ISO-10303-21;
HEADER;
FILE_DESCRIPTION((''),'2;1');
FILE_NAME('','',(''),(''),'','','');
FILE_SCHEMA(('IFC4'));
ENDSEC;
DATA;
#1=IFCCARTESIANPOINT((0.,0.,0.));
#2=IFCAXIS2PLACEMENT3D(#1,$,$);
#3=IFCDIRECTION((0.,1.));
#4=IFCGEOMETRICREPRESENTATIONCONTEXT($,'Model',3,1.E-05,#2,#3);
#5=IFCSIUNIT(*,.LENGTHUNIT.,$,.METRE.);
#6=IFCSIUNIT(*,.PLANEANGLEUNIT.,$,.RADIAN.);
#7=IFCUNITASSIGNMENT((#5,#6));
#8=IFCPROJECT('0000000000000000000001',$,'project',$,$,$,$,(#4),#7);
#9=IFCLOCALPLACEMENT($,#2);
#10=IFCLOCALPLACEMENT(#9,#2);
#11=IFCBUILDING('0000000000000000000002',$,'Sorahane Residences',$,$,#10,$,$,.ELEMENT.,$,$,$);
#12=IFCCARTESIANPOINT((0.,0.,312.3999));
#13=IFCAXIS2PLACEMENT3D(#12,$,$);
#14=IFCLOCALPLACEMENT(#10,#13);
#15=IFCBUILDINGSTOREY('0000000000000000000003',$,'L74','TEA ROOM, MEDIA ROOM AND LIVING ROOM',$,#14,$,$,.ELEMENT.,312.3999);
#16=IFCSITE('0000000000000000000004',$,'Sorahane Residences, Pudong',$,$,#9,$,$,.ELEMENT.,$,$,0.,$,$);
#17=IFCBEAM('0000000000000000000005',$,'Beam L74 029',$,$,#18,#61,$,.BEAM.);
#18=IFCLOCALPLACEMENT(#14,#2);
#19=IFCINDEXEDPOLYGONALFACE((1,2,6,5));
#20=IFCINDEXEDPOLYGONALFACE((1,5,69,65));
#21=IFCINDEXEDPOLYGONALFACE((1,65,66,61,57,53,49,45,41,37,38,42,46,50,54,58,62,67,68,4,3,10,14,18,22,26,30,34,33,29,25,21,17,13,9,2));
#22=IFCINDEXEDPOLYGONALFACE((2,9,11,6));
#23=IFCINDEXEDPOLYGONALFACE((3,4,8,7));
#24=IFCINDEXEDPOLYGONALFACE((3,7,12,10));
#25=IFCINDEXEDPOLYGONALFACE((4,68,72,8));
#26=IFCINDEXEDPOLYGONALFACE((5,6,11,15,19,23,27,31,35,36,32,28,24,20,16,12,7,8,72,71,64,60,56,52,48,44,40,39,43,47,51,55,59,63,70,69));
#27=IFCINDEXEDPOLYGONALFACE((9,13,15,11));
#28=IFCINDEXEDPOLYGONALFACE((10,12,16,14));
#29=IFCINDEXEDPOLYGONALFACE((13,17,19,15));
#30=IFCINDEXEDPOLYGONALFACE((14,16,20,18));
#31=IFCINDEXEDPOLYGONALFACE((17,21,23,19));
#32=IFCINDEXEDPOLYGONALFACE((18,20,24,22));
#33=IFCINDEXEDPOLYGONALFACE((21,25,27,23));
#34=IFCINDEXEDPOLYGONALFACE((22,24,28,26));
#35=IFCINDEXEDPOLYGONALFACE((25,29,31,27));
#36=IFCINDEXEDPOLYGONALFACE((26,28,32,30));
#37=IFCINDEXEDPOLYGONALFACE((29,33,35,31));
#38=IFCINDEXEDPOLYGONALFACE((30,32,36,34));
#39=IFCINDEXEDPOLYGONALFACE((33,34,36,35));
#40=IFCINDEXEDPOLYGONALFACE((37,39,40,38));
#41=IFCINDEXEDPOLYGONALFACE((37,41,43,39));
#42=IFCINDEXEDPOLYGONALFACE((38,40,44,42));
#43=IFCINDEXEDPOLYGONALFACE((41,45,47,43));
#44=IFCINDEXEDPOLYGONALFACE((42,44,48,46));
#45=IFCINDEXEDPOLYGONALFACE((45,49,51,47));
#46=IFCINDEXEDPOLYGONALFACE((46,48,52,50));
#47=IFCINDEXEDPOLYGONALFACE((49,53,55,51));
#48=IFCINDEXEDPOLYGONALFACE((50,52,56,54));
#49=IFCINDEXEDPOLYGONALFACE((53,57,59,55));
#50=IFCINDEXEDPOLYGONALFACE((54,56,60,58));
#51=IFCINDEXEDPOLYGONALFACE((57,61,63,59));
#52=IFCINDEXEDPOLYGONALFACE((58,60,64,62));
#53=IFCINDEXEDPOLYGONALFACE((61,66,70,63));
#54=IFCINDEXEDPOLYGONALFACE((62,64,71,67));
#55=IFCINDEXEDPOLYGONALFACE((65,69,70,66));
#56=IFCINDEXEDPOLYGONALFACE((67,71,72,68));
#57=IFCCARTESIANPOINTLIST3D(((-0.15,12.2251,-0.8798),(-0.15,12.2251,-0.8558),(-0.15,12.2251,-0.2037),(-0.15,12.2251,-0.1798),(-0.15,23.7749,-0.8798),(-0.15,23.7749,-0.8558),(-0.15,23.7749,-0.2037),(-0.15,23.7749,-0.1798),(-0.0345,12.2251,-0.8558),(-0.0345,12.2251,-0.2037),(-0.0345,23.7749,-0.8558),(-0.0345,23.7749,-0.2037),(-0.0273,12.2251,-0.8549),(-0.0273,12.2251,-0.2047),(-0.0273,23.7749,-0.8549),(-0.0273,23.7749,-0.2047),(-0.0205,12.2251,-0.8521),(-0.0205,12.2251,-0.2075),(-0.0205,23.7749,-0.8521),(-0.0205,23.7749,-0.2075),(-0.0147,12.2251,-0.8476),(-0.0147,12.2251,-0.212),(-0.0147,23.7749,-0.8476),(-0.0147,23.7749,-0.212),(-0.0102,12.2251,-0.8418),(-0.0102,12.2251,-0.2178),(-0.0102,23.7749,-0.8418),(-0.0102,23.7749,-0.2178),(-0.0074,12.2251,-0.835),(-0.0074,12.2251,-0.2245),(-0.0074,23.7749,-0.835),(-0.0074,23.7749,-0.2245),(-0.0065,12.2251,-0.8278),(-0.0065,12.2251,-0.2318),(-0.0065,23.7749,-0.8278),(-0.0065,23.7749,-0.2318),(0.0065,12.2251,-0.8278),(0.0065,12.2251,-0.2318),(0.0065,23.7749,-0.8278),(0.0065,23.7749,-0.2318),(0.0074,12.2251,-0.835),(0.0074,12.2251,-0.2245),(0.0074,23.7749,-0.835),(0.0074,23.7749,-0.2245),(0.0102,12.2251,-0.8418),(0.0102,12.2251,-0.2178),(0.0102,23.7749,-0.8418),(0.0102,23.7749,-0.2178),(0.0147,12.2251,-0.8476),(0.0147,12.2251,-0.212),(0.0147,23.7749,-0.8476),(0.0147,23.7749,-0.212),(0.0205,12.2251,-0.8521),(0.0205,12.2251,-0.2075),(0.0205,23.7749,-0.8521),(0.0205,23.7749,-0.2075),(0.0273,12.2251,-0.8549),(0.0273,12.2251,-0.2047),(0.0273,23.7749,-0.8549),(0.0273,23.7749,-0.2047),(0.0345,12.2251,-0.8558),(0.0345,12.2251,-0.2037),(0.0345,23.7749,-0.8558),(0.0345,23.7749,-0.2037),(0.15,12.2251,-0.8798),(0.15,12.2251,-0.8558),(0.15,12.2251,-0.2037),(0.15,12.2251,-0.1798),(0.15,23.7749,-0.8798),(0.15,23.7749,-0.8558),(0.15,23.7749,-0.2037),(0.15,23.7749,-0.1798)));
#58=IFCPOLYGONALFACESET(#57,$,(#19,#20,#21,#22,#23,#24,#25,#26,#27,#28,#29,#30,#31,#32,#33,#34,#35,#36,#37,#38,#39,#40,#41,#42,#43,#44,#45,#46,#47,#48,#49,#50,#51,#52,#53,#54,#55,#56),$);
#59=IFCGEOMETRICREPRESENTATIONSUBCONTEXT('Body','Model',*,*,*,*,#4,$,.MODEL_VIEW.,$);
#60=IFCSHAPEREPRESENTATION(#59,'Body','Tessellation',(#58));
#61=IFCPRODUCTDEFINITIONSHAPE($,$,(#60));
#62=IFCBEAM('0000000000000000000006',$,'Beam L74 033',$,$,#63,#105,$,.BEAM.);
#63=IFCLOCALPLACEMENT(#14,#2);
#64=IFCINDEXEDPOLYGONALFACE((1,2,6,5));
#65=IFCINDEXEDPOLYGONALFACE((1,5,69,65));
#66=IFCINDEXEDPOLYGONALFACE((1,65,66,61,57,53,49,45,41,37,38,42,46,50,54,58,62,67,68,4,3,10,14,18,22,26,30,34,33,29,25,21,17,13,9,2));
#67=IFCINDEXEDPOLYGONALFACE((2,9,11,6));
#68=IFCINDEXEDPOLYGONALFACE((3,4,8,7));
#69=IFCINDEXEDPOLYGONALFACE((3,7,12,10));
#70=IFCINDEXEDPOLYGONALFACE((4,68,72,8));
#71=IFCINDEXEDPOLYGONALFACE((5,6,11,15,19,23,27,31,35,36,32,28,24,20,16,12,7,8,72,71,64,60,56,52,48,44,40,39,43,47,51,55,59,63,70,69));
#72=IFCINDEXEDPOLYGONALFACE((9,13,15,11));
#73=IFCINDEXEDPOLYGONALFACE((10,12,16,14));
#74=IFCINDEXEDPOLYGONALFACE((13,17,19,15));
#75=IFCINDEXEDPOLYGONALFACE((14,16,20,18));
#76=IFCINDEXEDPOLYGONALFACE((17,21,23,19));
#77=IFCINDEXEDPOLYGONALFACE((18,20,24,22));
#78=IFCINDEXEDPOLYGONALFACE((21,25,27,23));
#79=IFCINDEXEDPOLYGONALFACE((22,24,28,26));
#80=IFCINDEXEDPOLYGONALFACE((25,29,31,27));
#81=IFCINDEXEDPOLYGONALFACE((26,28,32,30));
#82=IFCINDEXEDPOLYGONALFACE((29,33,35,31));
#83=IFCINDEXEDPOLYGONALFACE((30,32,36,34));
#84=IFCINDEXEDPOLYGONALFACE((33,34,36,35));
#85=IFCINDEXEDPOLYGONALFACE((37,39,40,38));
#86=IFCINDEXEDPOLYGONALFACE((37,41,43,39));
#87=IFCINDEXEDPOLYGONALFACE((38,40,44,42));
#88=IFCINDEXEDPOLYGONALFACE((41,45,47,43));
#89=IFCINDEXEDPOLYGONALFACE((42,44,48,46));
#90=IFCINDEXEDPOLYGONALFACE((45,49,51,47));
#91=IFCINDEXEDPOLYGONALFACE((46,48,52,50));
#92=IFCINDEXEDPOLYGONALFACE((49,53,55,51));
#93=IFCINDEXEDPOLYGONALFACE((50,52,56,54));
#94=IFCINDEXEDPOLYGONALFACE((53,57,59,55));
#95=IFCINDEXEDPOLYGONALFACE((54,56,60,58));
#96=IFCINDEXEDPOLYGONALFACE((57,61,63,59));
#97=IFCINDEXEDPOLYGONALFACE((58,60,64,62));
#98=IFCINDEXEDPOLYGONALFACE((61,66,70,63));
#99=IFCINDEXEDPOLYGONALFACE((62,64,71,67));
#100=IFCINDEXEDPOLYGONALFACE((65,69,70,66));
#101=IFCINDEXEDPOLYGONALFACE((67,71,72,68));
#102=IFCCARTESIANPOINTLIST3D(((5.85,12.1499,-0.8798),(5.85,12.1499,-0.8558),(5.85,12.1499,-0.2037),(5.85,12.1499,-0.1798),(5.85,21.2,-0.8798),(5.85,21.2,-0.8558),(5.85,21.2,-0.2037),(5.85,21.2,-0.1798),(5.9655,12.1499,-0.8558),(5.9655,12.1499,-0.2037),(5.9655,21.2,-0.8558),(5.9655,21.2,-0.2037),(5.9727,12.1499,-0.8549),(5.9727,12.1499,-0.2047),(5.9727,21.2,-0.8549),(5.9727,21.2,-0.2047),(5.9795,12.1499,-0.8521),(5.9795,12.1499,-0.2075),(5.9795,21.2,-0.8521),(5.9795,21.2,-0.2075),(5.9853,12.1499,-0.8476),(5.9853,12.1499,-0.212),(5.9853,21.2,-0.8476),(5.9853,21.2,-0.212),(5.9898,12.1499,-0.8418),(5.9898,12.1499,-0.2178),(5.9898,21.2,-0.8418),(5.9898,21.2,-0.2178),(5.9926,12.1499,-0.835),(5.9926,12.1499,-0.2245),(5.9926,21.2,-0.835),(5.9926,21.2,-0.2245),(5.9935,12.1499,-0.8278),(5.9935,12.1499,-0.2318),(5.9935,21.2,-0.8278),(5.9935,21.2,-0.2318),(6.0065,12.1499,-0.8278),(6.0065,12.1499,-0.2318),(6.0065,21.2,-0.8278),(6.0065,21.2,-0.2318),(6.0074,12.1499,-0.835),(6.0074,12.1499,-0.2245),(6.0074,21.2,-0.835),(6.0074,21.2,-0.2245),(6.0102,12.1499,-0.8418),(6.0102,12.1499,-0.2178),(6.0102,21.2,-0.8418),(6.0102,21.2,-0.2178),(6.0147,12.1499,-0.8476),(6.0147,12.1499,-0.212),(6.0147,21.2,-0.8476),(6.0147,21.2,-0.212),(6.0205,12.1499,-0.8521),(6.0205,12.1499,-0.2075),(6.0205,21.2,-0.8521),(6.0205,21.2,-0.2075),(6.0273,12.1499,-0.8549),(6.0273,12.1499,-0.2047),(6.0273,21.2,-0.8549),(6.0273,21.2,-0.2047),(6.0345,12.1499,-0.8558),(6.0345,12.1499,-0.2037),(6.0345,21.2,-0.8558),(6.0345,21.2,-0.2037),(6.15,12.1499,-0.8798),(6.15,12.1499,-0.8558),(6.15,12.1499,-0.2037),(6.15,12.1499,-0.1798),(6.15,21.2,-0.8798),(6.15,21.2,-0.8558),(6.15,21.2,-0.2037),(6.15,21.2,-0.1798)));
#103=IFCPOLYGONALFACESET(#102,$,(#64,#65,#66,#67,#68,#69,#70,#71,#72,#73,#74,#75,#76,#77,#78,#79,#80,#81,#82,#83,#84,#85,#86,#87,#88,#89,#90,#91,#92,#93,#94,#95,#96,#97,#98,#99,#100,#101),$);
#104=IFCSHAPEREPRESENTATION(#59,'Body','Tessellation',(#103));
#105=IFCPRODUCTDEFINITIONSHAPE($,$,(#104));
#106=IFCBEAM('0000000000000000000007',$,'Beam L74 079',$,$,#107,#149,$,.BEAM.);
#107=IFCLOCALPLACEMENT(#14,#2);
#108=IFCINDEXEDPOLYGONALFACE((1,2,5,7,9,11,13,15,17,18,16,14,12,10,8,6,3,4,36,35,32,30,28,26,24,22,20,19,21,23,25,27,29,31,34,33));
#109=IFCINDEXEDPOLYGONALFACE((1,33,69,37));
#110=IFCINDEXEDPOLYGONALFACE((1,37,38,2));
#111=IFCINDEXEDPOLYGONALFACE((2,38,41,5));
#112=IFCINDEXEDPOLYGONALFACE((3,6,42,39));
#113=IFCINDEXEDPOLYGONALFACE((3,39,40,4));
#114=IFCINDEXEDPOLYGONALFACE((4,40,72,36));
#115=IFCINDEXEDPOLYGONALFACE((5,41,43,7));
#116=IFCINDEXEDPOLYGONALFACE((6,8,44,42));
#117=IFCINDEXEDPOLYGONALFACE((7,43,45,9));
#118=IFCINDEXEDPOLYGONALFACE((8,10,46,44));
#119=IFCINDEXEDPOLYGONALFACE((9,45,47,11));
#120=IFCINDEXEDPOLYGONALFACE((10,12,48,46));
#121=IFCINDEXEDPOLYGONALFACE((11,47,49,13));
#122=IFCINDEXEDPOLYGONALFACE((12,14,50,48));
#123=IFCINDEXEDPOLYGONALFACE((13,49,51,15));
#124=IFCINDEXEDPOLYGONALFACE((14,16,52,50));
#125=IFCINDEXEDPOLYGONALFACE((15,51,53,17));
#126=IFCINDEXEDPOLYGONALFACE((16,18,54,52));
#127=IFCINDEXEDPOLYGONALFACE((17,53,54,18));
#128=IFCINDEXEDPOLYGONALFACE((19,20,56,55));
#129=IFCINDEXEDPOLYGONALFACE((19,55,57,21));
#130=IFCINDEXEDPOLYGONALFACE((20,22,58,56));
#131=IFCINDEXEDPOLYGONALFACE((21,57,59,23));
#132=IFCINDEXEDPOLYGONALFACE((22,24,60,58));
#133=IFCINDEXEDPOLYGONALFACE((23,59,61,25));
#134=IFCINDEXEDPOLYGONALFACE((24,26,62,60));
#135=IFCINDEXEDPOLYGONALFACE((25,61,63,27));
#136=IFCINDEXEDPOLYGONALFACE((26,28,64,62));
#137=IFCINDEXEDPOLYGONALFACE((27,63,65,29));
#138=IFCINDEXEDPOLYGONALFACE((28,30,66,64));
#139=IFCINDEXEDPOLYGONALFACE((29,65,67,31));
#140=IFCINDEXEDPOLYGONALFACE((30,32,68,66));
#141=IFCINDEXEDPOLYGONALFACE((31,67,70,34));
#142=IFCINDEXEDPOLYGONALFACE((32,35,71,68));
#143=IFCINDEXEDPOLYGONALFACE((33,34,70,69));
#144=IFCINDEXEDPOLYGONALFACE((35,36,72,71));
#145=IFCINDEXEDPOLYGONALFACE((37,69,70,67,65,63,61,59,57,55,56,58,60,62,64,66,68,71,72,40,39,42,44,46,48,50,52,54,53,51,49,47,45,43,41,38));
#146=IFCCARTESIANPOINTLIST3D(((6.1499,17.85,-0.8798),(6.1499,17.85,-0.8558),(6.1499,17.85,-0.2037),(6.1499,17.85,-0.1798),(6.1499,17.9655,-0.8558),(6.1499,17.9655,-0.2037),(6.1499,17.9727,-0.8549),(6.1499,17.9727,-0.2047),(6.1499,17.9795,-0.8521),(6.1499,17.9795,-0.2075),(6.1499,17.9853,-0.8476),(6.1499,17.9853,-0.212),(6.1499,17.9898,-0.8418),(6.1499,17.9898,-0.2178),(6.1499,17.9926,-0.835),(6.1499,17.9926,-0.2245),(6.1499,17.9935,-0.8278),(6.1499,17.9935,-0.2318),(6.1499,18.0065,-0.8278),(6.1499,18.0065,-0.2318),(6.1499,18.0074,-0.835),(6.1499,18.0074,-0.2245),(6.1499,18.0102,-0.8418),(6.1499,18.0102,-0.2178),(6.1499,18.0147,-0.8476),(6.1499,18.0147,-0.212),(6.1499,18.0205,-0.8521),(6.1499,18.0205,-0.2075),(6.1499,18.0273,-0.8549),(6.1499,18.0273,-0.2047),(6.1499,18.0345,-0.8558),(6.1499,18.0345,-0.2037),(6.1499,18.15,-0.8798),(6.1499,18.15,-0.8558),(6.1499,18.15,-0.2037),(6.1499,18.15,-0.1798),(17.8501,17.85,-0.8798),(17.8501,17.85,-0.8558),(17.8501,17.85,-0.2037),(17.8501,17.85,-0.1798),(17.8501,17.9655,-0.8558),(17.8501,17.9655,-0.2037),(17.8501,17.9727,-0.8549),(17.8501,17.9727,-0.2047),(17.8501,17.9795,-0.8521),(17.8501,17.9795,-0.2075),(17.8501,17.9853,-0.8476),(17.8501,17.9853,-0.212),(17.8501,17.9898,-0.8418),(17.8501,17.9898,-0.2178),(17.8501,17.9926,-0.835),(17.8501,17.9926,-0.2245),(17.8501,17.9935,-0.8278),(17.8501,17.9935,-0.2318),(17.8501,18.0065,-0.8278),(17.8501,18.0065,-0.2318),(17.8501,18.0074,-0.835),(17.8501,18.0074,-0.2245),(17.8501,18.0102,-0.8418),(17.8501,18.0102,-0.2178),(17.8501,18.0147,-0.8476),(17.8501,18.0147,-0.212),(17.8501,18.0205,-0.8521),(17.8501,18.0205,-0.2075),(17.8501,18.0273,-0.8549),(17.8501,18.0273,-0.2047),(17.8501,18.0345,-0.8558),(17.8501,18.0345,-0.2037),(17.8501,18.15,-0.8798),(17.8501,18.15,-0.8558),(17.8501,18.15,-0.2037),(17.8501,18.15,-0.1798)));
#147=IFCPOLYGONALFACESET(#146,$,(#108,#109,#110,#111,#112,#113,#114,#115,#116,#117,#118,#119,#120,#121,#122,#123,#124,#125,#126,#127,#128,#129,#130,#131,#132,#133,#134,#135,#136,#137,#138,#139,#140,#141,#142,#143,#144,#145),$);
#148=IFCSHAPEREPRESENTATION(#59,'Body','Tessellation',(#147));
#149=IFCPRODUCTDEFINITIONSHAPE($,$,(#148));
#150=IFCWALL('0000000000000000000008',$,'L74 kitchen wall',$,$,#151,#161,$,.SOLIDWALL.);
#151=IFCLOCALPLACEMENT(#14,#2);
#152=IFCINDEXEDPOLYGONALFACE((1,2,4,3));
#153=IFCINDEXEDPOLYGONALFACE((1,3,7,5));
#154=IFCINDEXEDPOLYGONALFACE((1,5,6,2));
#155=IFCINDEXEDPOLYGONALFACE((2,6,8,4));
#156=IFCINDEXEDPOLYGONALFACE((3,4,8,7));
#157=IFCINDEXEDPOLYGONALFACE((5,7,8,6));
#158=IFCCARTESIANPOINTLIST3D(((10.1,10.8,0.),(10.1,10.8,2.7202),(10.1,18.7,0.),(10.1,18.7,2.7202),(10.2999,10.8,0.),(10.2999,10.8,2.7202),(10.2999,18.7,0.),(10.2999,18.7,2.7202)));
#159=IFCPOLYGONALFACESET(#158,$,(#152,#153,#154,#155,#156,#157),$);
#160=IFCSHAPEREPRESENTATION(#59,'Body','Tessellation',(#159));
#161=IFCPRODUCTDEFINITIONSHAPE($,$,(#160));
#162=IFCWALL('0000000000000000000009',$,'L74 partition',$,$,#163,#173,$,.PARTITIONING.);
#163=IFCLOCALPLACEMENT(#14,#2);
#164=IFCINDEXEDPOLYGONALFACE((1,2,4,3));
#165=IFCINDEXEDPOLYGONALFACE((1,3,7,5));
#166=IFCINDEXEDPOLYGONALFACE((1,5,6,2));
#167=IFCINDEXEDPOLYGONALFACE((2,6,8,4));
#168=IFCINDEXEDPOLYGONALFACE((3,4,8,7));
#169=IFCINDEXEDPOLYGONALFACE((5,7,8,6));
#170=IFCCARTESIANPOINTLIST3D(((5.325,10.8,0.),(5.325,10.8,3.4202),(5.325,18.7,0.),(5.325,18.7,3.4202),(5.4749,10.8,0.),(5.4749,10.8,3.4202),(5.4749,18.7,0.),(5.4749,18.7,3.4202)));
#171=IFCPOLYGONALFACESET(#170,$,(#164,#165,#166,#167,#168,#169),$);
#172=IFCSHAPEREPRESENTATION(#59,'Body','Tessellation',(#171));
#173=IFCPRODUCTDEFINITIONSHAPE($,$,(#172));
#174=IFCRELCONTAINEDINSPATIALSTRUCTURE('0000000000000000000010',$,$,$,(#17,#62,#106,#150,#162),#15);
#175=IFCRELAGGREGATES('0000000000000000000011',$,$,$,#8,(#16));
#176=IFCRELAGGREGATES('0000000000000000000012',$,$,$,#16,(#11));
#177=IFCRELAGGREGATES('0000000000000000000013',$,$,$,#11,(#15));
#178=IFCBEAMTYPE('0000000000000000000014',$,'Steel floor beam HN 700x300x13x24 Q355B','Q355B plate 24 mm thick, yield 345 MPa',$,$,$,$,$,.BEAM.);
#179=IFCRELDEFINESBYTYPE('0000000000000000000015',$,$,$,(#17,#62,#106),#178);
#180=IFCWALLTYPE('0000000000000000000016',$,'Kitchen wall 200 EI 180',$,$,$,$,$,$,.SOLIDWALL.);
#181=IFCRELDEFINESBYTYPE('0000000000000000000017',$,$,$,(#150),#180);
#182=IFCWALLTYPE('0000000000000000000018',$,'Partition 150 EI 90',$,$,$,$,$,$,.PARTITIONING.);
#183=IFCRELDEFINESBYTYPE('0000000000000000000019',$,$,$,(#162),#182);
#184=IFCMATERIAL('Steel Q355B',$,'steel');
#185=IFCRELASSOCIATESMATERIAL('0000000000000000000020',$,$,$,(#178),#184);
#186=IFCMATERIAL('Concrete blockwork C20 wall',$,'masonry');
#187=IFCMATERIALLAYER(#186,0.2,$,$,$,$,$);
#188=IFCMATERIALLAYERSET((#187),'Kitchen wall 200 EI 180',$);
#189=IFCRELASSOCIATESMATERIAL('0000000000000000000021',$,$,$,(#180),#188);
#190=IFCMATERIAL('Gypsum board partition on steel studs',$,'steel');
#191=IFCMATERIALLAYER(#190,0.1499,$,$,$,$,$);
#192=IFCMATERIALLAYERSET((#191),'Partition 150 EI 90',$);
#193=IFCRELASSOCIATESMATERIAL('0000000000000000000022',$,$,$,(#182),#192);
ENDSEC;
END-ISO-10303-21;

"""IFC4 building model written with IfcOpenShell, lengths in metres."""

from ifc_helpers import new_model, si_unit, direction, frame, frame_2d, origin, origin_2d, place, context, subcontext, project, spatial, rectangle, i_section, extrude, material, layer, layer_set, material_profile, profile_set, type_object, element, save


model = new_model("IFC4")

# Units and contexts
model_context = context("Model", 3, precision=1e-05, world=origin(), true_north=direction((0.0, 1.0)))
body_context = subcontext(model_context, "Body", "Model", "MODEL_VIEW")
ifc_project = project(units=[si_unit("LENGTHUNIT", "METRE"), si_unit("PLANEANGLEUNIT", "RADIAN")], contexts=[model_context])

# Site, building, storey
site_placement = place(None, origin())
site = spatial("IfcSite", under=ifc_project, at=site_placement, Name="Sorahane Residences, Pudong", CompositionType="ELEMENT", RefElevation=0.0)
building_placement = place(site_placement, origin())
building = spatial("IfcBuilding", under=site, at=building_placement, Name="Sorahane Residences", CompositionType="ELEMENT")
storey_placement = place(building_placement, frame((0.0, 0.0, 312.3999)))
storey = spatial("IfcBuildingStorey", under=building, at=storey_placement, Name="L74", Description="TEA ROOM, MEDIA ROOM AND LIVING ROOM", CompositionType="ELEMENT", Elevation=312.3999)

# Beams
ifc_material_1 = material(Name="Steel Q355B", Category="steel")
ifc_material_profile_1 = material_profile(ifc_material_1, i_section(OverallWidth=0.3, OverallDepth=0.7, WebThickness=0.0129, FlangeThickness=0.0239, FilletRadius=0.0281, at=origin_2d()), Name="HN 700x300x13x24")
ifc_profile_set_1 = profile_set([ifc_material_profile_1], Name="Steel Q355B")
beam_type_1 = type_object("IfcBeamType", Name="Steel floor beam HN 700x300x13x24 Q355B", Description="Q355B plate 24 mm thick, yield 345 MPa", PredefinedType="BEAM", material=ifc_profile_set_1)
for number, where, z_axis, x_axis, name in (
    (1, (0.0, 12.2251, -0.5298), (0.0, 1.0, 0.0), (-1.0, 0.0, 0.0), "Beam L74 029"),
):
    element("IfcBeam", number, at=place(storey_placement, frame(where, z_axis=z_axis, x_axis=x_axis)), inside=storey, type_object=beam_type_1, Name=name, PredefinedType="BEAM", context=body_context, shape_type="SweptSolid", body=[
        extrude(i_section(OverallWidth=0.3, OverallDepth=0.7, WebThickness=0.0129, FlangeThickness=0.0239, FilletRadius=0.0281, at=origin_2d()), origin(), (0.0, 0.0, 1.0), 11.5498),
    ])
beam_1_placement = place(storey_placement, frame((6.0, 12.1499, -0.5298), z_axis=(0.0, 1.0, 0.0), x_axis=(-1.0, 0.0, 0.0)))
element("IfcBeam", 2, at=beam_1_placement, inside=storey, type_object=beam_type_1, Name="Beam L74 033", PredefinedType="BEAM", context=body_context, shape_type="SweptSolid", body=[
    extrude(i_section(OverallWidth=0.3, OverallDepth=0.7, WebThickness=0.0129, FlangeThickness=0.0239, FilletRadius=0.0281, at=origin_2d()), origin(), (0.0, 0.0, 1.0), 9.05),
])
beam_2_placement = place(storey_placement, frame((6.1499, 18.0, -0.5298), z_axis=(1.0, 0.0, 0.0), x_axis=(0.0, 1.0, 0.0)))
element("IfcBeam", 3, at=beam_2_placement, inside=storey, type_object=beam_type_1, Name="Beam L74 079", PredefinedType="BEAM", context=body_context, shape_type="SweptSolid", body=[
    extrude(i_section(OverallWidth=0.3, OverallDepth=0.7, WebThickness=0.0129, FlangeThickness=0.0239, FilletRadius=0.0281, at=origin_2d()), origin(), (0.0, 0.0, 1.0), 11.7002),
])

# Wall
ifc_material_2 = material(Name="Concrete blockwork C20 wall", Category="masonry")
ifc_layer_1 = layer(ifc_material_2, 0.2)
ifc_layer_set_1 = layer_set([ifc_layer_1], Name="Kitchen wall 200 EI 180")
wall_type_1 = type_object("IfcWallType", Name="Kitchen wall 200 EI 180", PredefinedType="SOLIDWALL", material=ifc_layer_set_1)
wall_1_placement = place(storey_placement, frame((10.2, 10.8, 0.0), z_axis=(0.0, 0.0, 1.0), x_axis=(0.0, 1.0, 0.0)))
element("IfcWall", 4, at=wall_1_placement, inside=storey, type_object=wall_type_1, Name="L74 kitchen wall", PredefinedType="SOLIDWALL", context=body_context, shape_type="SweptSolid", body=[
    extrude(rectangle(XDim=7.8999, YDim=0.2, at=frame_2d((3.95, 0.0))), origin(), (0.0, 0.0, 1.0), 2.7202),
])

# Wall
ifc_material_3 = material(Name="Gypsum board partition on steel studs", Category="steel")
ifc_layer_2 = layer(ifc_material_3, 0.1499)
ifc_layer_set_2 = layer_set([ifc_layer_2], Name="Partition 150 EI 90")
wall_type_2 = type_object("IfcWallType", Name="Partition 150 EI 90", PredefinedType="PARTITIONING", material=ifc_layer_set_2)
wall_2_placement = place(storey_placement, frame((5.3999, 10.8, 0.0), z_axis=(0.0, 0.0, 1.0), x_axis=(0.0, 1.0, 0.0)))
element("IfcWall", 5, at=wall_2_placement, inside=storey, type_object=wall_type_2, Name="L74 partition", PredefinedType="PARTITIONING", context=body_context, shape_type="SweptSolid", body=[
    extrude(rectangle(XDim=7.8999, YDim=0.1499, at=frame_2d((3.95, 0.0))), origin(), (0.0, 0.0, 1.0), 3.4202),
])

save(model, "model.ifc")
